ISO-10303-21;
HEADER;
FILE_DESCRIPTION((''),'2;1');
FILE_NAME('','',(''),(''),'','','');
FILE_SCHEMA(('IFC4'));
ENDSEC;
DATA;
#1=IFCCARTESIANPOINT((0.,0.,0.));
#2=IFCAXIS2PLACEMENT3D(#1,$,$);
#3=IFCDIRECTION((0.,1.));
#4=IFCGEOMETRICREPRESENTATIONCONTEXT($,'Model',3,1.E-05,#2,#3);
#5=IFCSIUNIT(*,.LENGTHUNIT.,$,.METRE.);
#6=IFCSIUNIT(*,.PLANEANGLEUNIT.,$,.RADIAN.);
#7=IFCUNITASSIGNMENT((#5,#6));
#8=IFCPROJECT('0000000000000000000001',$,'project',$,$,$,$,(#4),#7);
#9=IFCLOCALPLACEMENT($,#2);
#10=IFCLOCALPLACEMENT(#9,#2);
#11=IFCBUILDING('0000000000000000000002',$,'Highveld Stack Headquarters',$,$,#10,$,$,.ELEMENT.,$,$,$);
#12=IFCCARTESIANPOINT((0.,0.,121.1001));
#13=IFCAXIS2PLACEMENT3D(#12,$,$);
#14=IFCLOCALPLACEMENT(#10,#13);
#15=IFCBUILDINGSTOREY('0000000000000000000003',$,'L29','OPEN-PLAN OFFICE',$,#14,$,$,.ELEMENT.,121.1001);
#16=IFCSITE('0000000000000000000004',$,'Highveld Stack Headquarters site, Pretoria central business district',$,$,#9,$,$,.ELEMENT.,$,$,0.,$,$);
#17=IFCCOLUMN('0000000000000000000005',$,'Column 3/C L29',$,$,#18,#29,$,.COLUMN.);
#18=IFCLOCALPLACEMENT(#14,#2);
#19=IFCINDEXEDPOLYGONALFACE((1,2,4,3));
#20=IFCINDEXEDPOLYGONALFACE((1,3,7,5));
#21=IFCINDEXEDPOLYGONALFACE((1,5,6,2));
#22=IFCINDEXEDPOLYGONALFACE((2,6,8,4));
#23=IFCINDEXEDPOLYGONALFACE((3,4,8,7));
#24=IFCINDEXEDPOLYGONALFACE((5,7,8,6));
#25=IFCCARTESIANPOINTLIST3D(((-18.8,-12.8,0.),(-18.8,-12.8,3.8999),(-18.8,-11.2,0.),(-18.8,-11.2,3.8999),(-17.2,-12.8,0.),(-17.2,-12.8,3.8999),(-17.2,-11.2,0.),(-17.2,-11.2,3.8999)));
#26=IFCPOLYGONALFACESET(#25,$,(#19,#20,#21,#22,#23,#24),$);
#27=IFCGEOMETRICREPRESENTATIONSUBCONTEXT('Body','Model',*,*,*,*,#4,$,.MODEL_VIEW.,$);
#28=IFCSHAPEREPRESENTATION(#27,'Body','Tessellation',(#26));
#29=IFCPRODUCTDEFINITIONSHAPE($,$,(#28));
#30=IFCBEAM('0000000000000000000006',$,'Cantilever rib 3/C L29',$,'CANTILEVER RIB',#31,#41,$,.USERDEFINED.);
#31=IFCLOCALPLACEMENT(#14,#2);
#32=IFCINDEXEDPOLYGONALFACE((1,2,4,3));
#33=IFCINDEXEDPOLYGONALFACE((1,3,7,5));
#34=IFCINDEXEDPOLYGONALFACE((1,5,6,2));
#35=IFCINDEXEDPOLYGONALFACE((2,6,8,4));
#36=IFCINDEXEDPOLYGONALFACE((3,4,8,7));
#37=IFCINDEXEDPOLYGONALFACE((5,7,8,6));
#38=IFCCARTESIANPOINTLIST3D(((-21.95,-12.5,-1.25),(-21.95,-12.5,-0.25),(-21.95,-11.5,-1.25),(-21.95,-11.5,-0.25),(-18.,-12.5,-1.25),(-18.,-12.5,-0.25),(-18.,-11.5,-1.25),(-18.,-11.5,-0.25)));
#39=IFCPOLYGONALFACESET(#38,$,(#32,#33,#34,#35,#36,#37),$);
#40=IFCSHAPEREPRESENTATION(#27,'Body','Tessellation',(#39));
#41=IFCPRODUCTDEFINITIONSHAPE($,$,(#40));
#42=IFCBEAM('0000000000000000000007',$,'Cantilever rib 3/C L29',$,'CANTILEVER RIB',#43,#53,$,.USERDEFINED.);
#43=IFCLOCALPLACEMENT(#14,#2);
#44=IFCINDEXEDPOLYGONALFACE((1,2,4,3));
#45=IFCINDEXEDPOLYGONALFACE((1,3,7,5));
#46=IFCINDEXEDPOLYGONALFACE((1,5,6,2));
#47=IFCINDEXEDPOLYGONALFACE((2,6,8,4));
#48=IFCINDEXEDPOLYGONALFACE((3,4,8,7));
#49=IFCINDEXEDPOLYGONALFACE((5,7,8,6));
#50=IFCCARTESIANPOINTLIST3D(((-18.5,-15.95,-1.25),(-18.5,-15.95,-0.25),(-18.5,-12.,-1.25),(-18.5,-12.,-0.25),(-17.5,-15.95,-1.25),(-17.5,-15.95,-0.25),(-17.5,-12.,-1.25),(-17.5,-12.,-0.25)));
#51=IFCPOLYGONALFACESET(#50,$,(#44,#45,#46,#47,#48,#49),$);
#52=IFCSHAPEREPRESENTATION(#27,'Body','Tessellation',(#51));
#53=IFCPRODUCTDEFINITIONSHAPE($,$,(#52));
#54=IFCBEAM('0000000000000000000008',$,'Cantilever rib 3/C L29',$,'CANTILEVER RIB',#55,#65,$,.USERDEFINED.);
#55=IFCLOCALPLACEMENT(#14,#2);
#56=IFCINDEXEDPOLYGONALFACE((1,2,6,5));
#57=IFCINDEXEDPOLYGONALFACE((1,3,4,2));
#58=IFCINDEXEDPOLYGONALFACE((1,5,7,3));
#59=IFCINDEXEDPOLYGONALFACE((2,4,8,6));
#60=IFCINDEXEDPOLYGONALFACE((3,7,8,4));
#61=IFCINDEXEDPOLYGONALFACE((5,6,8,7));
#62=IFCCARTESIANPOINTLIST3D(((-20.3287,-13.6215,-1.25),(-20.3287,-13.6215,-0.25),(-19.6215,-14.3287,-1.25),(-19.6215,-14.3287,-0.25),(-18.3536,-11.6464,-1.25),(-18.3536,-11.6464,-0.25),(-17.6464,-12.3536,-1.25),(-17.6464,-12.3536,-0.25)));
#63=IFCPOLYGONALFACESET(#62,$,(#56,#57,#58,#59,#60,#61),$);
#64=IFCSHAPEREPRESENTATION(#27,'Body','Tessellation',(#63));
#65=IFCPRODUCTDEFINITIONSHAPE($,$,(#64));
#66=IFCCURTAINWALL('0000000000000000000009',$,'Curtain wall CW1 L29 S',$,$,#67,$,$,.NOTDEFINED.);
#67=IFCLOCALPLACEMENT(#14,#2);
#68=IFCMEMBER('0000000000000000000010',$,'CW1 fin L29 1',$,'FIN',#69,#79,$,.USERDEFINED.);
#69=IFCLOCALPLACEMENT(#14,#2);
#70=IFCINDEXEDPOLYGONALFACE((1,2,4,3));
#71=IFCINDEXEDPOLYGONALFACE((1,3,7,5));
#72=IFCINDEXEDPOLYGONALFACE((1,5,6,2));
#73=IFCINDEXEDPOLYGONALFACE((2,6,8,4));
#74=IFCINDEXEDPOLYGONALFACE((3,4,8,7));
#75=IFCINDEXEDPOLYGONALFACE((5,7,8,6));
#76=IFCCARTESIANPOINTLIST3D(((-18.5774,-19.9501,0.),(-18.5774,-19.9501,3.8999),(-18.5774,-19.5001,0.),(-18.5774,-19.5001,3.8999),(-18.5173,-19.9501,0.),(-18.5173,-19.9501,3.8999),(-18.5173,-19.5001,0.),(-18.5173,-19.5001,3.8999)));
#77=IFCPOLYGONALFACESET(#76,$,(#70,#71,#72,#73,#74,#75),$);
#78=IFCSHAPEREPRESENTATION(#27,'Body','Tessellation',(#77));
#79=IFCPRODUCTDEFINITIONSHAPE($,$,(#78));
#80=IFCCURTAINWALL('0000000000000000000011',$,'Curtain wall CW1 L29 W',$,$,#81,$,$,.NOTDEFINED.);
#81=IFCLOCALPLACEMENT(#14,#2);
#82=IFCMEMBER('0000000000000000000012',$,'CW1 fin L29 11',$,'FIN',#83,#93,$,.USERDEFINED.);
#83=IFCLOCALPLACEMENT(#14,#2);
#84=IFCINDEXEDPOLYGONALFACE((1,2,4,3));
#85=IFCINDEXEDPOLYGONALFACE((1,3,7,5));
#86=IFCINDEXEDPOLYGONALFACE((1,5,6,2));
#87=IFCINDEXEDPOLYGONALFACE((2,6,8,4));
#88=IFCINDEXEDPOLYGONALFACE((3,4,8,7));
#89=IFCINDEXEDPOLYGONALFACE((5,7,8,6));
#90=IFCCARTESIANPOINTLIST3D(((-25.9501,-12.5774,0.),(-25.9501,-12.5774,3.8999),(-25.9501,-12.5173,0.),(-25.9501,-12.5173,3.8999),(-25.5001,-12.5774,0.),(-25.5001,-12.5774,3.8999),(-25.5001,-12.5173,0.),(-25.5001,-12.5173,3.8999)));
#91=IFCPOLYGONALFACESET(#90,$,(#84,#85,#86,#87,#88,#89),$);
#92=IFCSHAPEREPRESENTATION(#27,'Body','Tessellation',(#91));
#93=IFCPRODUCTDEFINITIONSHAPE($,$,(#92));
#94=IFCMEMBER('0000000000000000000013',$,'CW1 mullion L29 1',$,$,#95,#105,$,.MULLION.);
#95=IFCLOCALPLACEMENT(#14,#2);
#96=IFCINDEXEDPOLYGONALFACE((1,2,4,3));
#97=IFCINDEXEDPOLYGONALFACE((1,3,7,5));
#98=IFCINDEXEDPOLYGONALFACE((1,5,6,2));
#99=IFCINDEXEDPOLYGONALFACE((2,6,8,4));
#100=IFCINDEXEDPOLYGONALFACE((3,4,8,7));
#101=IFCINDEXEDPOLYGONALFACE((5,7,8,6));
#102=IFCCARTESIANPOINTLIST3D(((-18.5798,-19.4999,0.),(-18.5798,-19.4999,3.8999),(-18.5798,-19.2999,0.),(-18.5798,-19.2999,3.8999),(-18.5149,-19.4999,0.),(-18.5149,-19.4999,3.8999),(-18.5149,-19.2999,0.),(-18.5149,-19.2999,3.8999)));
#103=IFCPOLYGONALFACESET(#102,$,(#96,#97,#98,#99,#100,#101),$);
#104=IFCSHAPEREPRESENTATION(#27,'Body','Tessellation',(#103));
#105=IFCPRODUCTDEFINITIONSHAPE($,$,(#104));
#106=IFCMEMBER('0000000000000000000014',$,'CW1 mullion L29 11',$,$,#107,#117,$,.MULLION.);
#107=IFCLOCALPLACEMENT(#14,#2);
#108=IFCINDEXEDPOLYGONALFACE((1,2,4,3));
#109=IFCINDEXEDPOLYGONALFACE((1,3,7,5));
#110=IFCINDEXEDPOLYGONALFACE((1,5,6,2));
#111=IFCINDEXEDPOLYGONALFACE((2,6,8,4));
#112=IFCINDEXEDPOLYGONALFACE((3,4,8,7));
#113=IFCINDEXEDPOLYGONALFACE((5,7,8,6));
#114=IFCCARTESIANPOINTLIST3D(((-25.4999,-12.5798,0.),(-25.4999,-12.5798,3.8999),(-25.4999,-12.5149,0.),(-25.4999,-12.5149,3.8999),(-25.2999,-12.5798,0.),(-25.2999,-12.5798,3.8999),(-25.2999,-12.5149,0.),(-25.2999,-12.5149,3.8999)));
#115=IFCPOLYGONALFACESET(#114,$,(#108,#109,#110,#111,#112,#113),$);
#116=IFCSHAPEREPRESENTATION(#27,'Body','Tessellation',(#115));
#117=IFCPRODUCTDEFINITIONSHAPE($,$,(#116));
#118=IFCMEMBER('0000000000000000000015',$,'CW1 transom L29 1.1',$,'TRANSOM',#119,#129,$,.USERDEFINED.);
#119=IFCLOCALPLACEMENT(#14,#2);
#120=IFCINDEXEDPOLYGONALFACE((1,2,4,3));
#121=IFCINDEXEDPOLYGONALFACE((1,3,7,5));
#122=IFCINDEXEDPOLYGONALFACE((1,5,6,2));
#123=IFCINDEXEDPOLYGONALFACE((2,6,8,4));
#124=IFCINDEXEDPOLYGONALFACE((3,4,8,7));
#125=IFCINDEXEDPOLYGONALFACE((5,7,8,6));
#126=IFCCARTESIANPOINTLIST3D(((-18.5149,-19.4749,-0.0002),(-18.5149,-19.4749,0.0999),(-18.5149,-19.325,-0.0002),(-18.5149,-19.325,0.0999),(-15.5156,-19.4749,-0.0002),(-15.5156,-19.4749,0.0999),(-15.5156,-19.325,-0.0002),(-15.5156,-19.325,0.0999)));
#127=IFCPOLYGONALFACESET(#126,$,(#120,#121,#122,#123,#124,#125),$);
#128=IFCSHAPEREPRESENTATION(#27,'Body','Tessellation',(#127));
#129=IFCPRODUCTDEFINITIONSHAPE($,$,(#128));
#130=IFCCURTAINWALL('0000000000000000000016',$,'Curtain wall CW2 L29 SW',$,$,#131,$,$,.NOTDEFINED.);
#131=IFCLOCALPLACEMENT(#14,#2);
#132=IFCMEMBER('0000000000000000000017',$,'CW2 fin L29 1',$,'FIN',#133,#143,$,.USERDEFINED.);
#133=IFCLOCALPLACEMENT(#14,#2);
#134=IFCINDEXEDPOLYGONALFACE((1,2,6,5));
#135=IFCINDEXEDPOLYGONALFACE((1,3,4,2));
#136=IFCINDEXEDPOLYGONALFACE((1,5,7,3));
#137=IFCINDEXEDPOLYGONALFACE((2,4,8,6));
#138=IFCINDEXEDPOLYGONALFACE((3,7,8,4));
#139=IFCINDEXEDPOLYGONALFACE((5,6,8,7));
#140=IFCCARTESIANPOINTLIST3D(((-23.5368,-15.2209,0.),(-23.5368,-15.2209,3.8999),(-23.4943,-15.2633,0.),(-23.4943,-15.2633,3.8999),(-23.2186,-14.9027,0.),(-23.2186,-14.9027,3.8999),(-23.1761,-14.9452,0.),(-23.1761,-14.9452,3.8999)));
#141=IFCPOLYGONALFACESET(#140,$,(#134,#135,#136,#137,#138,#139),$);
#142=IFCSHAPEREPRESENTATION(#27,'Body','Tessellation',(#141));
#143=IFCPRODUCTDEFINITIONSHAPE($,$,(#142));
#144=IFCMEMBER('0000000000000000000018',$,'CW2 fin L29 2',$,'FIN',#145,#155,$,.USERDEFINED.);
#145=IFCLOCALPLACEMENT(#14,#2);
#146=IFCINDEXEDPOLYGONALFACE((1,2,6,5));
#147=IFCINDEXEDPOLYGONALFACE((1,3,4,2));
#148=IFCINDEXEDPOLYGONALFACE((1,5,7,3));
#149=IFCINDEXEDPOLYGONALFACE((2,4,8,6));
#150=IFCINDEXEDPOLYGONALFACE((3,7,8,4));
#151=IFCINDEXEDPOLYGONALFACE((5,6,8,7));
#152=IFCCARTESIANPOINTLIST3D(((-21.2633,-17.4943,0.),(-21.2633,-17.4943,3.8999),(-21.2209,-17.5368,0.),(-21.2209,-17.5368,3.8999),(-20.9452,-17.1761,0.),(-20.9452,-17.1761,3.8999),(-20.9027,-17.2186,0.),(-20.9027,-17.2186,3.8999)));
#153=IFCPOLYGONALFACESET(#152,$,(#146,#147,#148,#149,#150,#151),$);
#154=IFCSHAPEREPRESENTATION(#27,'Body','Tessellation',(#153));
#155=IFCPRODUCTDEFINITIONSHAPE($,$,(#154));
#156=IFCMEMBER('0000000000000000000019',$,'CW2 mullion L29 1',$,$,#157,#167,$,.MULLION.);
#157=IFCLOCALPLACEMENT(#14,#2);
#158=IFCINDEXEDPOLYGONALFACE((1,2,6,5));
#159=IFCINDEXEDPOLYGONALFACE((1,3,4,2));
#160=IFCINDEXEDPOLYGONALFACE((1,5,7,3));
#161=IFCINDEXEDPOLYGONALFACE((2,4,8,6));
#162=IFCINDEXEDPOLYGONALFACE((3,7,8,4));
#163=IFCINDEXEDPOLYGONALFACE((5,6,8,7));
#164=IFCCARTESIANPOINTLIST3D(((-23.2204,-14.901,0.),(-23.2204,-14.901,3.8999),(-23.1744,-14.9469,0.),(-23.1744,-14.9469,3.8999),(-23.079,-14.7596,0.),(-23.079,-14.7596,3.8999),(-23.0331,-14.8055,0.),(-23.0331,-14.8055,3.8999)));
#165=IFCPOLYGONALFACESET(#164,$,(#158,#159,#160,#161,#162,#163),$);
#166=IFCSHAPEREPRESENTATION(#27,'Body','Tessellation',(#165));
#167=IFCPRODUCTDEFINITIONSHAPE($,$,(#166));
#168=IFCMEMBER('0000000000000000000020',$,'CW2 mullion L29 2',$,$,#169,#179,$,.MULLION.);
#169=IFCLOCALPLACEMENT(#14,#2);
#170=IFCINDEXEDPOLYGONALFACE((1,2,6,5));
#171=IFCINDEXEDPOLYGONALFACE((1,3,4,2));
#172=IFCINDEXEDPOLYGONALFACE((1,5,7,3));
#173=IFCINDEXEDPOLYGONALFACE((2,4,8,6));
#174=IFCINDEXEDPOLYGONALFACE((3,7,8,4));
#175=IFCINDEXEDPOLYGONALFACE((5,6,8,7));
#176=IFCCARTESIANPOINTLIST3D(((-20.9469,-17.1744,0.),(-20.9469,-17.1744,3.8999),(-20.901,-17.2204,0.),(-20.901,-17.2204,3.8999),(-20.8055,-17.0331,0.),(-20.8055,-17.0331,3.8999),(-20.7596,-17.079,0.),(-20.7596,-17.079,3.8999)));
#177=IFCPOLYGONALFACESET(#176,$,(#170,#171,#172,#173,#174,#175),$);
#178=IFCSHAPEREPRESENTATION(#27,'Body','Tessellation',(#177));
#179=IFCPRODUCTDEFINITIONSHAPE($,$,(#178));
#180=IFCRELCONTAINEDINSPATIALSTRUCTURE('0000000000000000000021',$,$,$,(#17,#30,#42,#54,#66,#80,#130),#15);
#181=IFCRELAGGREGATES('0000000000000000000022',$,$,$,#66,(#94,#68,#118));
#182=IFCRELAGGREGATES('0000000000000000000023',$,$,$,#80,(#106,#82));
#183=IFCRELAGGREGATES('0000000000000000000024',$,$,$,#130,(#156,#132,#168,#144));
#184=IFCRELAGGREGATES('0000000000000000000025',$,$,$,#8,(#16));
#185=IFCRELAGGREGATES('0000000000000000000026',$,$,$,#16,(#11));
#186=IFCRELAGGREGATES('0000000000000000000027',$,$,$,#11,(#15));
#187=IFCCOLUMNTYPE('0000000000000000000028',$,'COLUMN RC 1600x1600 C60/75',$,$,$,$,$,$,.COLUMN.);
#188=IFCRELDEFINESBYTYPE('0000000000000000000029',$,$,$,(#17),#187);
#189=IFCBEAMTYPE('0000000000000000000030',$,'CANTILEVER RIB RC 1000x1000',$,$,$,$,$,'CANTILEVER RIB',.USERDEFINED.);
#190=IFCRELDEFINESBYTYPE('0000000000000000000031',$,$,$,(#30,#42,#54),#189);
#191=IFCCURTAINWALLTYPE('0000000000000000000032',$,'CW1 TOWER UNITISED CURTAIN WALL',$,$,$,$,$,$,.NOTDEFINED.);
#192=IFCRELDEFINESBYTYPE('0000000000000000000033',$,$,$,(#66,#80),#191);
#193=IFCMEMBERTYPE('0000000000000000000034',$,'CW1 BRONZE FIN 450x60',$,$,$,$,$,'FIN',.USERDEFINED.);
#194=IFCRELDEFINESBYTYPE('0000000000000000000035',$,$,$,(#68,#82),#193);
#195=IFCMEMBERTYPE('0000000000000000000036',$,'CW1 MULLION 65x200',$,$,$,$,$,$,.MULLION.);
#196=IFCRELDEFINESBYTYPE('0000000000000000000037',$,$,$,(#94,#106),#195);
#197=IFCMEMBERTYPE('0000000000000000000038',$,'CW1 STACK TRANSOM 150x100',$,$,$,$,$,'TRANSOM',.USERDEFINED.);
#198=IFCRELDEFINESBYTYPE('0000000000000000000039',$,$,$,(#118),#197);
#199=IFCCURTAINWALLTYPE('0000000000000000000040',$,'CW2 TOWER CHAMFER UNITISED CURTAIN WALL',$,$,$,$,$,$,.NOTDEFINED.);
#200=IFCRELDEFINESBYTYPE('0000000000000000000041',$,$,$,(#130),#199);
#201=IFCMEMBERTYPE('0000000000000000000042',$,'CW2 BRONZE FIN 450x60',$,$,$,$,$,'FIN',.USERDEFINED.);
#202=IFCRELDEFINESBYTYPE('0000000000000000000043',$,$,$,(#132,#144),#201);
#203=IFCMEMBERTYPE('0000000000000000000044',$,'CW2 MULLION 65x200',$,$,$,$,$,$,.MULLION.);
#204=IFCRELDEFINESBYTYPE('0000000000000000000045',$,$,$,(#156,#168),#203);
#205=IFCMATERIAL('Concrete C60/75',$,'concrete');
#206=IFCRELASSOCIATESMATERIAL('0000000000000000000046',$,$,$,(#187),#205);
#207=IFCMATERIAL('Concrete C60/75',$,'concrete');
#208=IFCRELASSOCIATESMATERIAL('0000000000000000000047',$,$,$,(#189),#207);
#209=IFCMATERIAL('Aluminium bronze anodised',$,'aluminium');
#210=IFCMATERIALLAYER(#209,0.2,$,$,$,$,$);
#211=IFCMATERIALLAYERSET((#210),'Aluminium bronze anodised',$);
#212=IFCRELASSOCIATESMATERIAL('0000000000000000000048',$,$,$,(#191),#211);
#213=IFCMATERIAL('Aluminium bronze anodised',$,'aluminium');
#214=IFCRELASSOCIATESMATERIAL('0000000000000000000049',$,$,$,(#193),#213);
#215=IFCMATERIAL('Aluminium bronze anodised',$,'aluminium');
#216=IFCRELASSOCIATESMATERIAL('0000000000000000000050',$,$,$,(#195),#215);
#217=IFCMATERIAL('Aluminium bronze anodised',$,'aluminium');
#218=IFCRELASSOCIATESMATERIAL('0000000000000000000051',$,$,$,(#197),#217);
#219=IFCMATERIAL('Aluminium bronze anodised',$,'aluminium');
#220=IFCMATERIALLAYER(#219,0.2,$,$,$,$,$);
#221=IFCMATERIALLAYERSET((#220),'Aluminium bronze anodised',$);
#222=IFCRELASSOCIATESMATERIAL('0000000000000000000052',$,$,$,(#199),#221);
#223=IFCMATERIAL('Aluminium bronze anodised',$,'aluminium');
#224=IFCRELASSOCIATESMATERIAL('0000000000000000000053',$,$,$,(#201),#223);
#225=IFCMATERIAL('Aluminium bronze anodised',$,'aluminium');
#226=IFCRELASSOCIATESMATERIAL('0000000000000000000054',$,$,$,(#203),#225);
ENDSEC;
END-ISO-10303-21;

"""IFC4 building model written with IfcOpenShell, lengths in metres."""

from ifc_helpers import new_model, si_unit, direction, frame, origin, origin_2d, place, context, subcontext, project, spatial, rectangle, extrude, material, layer, layer_set, material_profile, profile_set, type_object, element, aggregate, save


model = new_model("IFC4")

# Units and contexts
model_context = context("Model", 3, precision=1e-05, world=origin(), true_north=direction((0.0, 1.0)))
body_context = subcontext(model_context, "Body", "Model", "MODEL_VIEW")
ifc_project = project(units=[si_unit("LENGTHUNIT", "METRE"), si_unit("PLANEANGLEUNIT", "RADIAN")], contexts=[model_context])

# Site, building, storey
site_placement = place(None, origin())
site = spatial("IfcSite", under=ifc_project, at=site_placement, Name="Highveld Stack Headquarters site, Pretoria central business district", CompositionType="ELEMENT", RefElevation=0.0)
building_placement = place(site_placement, origin())
building = spatial("IfcBuilding", under=site, at=building_placement, Name="Highveld Stack Headquarters", CompositionType="ELEMENT")
storey_placement = place(building_placement, frame((0.0, 0.0, 121.1001)))
storey = spatial("IfcBuildingStorey", under=building, at=storey_placement, Name="L29", Description="OPEN-PLAN OFFICE", CompositionType="ELEMENT", Elevation=121.1001)

# Column
ifc_material_1 = material(Name="Concrete C60/75", Category="concrete")
ifc_material_profile_1 = material_profile(ifc_material_1, rectangle(XDim=1.6001, YDim=1.6001, at=origin_2d()), Name="RC 1600x1600")
ifc_profile_set_1 = profile_set([ifc_material_profile_1], Name="Concrete C60/75")
column_type = type_object("IfcColumnType", Name="COLUMN RC 1600x1600 C60/75", PredefinedType="COLUMN", material=ifc_profile_set_1)
column_placement = place(storey_placement, frame((-18.0, -12.0, 0.0), z_axis=(0.0, 0.0, 1.0), x_axis=(1.0, 0.0, 0.0)))
element("IfcColumn", 1, at=column_placement, inside=storey, type_object=column_type, Name="Column 3/C L29", PredefinedType="COLUMN", context=body_context, shape_type="SweptSolid", body=[
    extrude(rectangle(XDim=1.6001, YDim=1.6001, at=origin_2d()), origin(), (0.0, 0.0, 1.0), 3.8999),
])

# Beams
ifc_material_2 = material(Name="Concrete C60/75", Category="concrete")
ifc_material_profile_2 = material_profile(ifc_material_2, rectangle(XDim=1.0, YDim=1.0, at=origin_2d()), Name="RC 1000x1000")
ifc_profile_set_2 = profile_set([ifc_material_profile_2], Name="Concrete C60/75")
beam_type_1 = type_object("IfcBeamType", Name="CANTILEVER RIB RC 1000x1000", ElementType="CANTILEVER RIB", PredefinedType="USERDEFINED", material=ifc_profile_set_2)
for number, where, z_axis, x_axis, name in (
    (2, (-18.0, -12.0, -0.75), (-1.0, 0.0, 0.0), (0.0, -1.0, 0.0), "Cantilever rib 3/C L29"),
    (3, (-18.0, -12.0, -0.75), (0.0, -1.0, 0.0), (1.0, 0.0, 0.0), "Cantilever rib 3/C L29"),
):
    element("IfcBeam", number, at=place(storey_placement, frame(where, z_axis=z_axis, x_axis=x_axis)), inside=storey, type_object=beam_type_1, Name=name, ObjectType="CANTILEVER RIB", PredefinedType="USERDEFINED", context=body_context, shape_type="SweptSolid", body=[
        extrude(rectangle(XDim=1.0, YDim=1.0, at=origin_2d()), origin(), (0.0, 0.0, 1.0), 3.95),
    ])
beam_1_placement = place(storey_placement, frame((-18.0, -12.0, -0.75), z_axis=(-0.707107, -0.707107, 0.0), x_axis=(0.707107, -0.707107, 0.0)))
element("IfcBeam", 4, at=beam_1_placement, inside=storey, type_object=beam_type_1, Name="Cantilever rib 3/C L29", ObjectType="CANTILEVER RIB", PredefinedType="USERDEFINED", context=body_context, shape_type="SweptSolid", body=[
    extrude(rectangle(XDim=1.0, YDim=1.0, at=origin_2d()), origin(), (0.0, 0.0, 1.0), 2.7932),
])

# Curtain walls, members
ifc_material_3 = material(Name="Aluminium bronze anodised", Category="aluminium")
ifc_layer_1 = layer(ifc_material_3, 0.2)
ifc_layer_set_1 = layer_set([ifc_layer_1], Name="Aluminium bronze anodised")
curtain_wall_type_1 = type_object("IfcCurtainWallType", Name="CW1 TOWER UNITISED CURTAIN WALL", PredefinedType="NOTDEFINED", material=ifc_layer_set_1)
curtain_wall_1_placement = place(storey_placement, origin())
curtain_wall_1 = element("IfcCurtainWall", 5, at=curtain_wall_1_placement, inside=storey, type_object=curtain_wall_type_1, Name="Curtain wall CW1 L29 S", PredefinedType="NOTDEFINED")
ifc_material_4 = material(Name="Aluminium bronze anodised", Category="aluminium")
ifc_material_profile_3 = material_profile(ifc_material_4, rectangle(XDim=0.45, YDim=0.0601, at=origin_2d()), Name="FIN 450x60")
ifc_profile_set_3 = profile_set([ifc_material_profile_3], Name="Aluminium bronze anodised")
member_type_1 = type_object("IfcMemberType", Name="CW1 BRONZE FIN 450x60", ElementType="FIN", PredefinedType="USERDEFINED", material=ifc_profile_set_3)
member_1_placement = place(storey_placement, frame((-18.5474, -19.7251, 0.0), z_axis=(0.0, 0.0, 1.0), x_axis=(0.0, 1.0, 0.0)))
member_1 = element("IfcMember", 6, at=member_1_placement, type_object=member_type_1, Name="CW1 fin L29 1", ObjectType="FIN", PredefinedType="USERDEFINED", context=body_context, shape_type="SweptSolid", body=[
    extrude(rectangle(XDim=0.45, YDim=0.0601, at=origin_2d()), origin(), (0.0, 0.0, 1.0), 3.8999),
])
curtain_wall_2_placement = place(storey_placement, origin())
curtain_wall_2 = element("IfcCurtainWall", 7, at=curtain_wall_2_placement, inside=storey, type_object=curtain_wall_type_1, Name="Curtain wall CW1 L29 W", PredefinedType="NOTDEFINED")
member_2_placement = place(storey_placement, frame((-25.7251, -12.5474, 0.0), z_axis=(0.0, 0.0, 1.0), x_axis=(1.0, 0.0, 0.0)))
member_2 = element("IfcMember", 8, at=member_2_placement, type_object=member_type_1, Name="CW1 fin L29 11", ObjectType="FIN", PredefinedType="USERDEFINED", context=body_context, shape_type="SweptSolid", body=[
    extrude(rectangle(XDim=0.45, YDim=0.0601, at=origin_2d()), origin(), (0.0, 0.0, 1.0), 3.8999),
])

# Members
ifc_material_5 = material(Name="Aluminium bronze anodised", Category="aluminium")
ifc_material_profile_4 = material_profile(ifc_material_5, rectangle(XDim=0.2, YDim=0.0649, at=origin_2d()), Name="CW1 MULLION 65x200")
ifc_profile_set_4 = profile_set([ifc_material_profile_4], Name="Aluminium bronze anodised")
member_type_2 = type_object("IfcMemberType", Name="CW1 MULLION 65x200", PredefinedType="MULLION", material=ifc_profile_set_4)
member_3_placement = place(storey_placement, frame((-18.5474, -19.3999, 0.0), z_axis=(0.0, 0.0, 1.0), x_axis=(0.0, 1.0, 0.0)))
member_3 = element("IfcMember", 9, at=member_3_placement, type_object=member_type_2, Name="CW1 mullion L29 1", PredefinedType="MULLION", context=body_context, shape_type="SweptSolid", body=[
    extrude(rectangle(XDim=0.2, YDim=0.0649, at=origin_2d()), origin(), (0.0, 0.0, 1.0), 3.8999),
])
member_4_placement = place(storey_placement, frame((-25.3999, -12.5474, 0.0), z_axis=(0.0, 0.0, 1.0), x_axis=(1.0, 0.0, 0.0)))
member_4 = element("IfcMember", 10, at=member_4_placement, type_object=member_type_2, Name="CW1 mullion L29 11", PredefinedType="MULLION", context=body_context, shape_type="SweptSolid", body=[
    extrude(rectangle(XDim=0.2, YDim=0.0649, at=origin_2d()), origin(), (0.0, 0.0, 1.0), 3.8999),
])
ifc_material_6 = material(Name="Aluminium bronze anodised", Category="aluminium")
ifc_material_profile_5 = material_profile(ifc_material_6, rectangle(XDim=0.1499, YDim=0.1001, at=origin_2d()), Name="CW1 TRANSOM 150x100")
ifc_profile_set_5 = profile_set([ifc_material_profile_5], Name="Aluminium bronze anodised")
member_type_3 = type_object("IfcMemberType", Name="CW1 STACK TRANSOM 150x100", ElementType="TRANSOM", PredefinedType="USERDEFINED", material=ifc_profile_set_5)
member_5_placement = place(storey_placement, frame((-18.5149, -19.3999, 0.0498), z_axis=(1.0, 0.0, 0.0), x_axis=(0.0, 1.0, 0.0)))
member_5 = element("IfcMember", 11, at=member_5_placement, type_object=member_type_3, Name="CW1 transom L29 1.1", ObjectType="TRANSOM", PredefinedType="USERDEFINED", context=body_context, shape_type="SweptSolid", body=[
    extrude(rectangle(XDim=0.1499, YDim=0.1001, at=origin_2d()), origin(), (0.0, 0.0, 1.0), 2.9993),
])
aggregate(curtain_wall_1, [member_3, member_1, member_5])

# Curtain wall, members
ifc_material_7 = material(Name="Aluminium bronze anodised", Category="aluminium")
ifc_layer_2 = layer(ifc_material_7, 0.2)
ifc_layer_set_2 = layer_set([ifc_layer_2], Name="Aluminium bronze anodised")
curtain_wall_type_2 = type_object("IfcCurtainWallType", Name="CW2 TOWER CHAMFER UNITISED CURTAIN WALL", PredefinedType="NOTDEFINED", material=ifc_layer_set_2)
curtain_wall_3_placement = place(storey_placement, origin())
curtain_wall_3 = element("IfcCurtainWall", 12, at=curtain_wall_3_placement, inside=storey, type_object=curtain_wall_type_2, Name="Curtain wall CW2 L29 SW", PredefinedType="NOTDEFINED")
ifc_material_8 = material(Name="Aluminium bronze anodised", Category="aluminium")
ifc_material_profile_6 = material_profile(ifc_material_8, rectangle(XDim=0.45, YDim=0.0601, at=origin_2d()), Name="FIN 450x60")
ifc_profile_set_6 = profile_set([ifc_material_profile_6], Name="Aluminium bronze anodised")
member_type_4 = type_object("IfcMemberType", Name="CW2 BRONZE FIN 450x60", ElementType="FIN", PredefinedType="USERDEFINED", material=ifc_profile_set_6)
member_6_placement = place(storey_placement, frame((-23.3564, -15.083, 0.0), z_axis=(0.0, 0.0, 1.0), x_axis=(0.707107, 0.707107, 0.0)))
member_6 = element("IfcMember", 13, at=member_6_placement, type_object=member_type_4, Name="CW2 fin L29 1", ObjectType="FIN", PredefinedType="USERDEFINED", context=body_context, shape_type="SweptSolid", body=[
    extrude(rectangle(XDim=0.45, YDim=0.0601, at=origin_2d()), origin(), (0.0, 0.0, 1.0), 3.8999),
])
member_7_placement = place(storey_placement, frame((-21.083, -17.3564, 0.0), z_axis=(0.0, 0.0, 1.0), x_axis=(0.707107, 0.707107, 0.0)))
member_7 = element("IfcMember", 14, at=member_7_placement, type_object=member_type_4, Name="CW2 fin L29 2", ObjectType="FIN", PredefinedType="USERDEFINED", context=body_context, shape_type="SweptSolid", body=[
    extrude(rectangle(XDim=0.45, YDim=0.0601, at=origin_2d()), origin(), (0.0, 0.0, 1.0), 3.8999),
])
ifc_material_9 = material(Name="Aluminium bronze anodised", Category="aluminium")
ifc_material_profile_7 = material_profile(ifc_material_9, rectangle(XDim=0.2, YDim=0.0649, at=origin_2d()), Name="CW2 MULLION 65x200")
ifc_profile_set_7 = profile_set([ifc_material_profile_7], Name="Aluminium bronze anodised")
member_type_5 = type_object("IfcMemberType", Name="CW2 MULLION 65x200", PredefinedType="MULLION", material=ifc_profile_set_7)
member_8_placement = place(storey_placement, frame((-23.1267, -14.8533, 0.0), z_axis=(0.0, 0.0, 1.0), x_axis=(0.707107, 0.707107, 0.0)))
member_8 = element("IfcMember", 15, at=member_8_placement, type_object=member_type_5, Name="CW2 mullion L29 1", PredefinedType="MULLION", context=body_context, shape_type="SweptSolid", body=[
    extrude(rectangle(XDim=0.2, YDim=0.0649, at=origin_2d()), origin(), (0.0, 0.0, 1.0), 3.8999),
])
member_9_placement = place(storey_placement, frame((-20.8533, -17.1267, 0.0), z_axis=(0.0, 0.0, 1.0), x_axis=(0.707107, 0.707107, 0.0)))
member_9 = element("IfcMember", 16, at=member_9_placement, type_object=member_type_5, Name="CW2 mullion L29 2", PredefinedType="MULLION", context=body_context, shape_type="SweptSolid", body=[
    extrude(rectangle(XDim=0.2, YDim=0.0649, at=origin_2d()), origin(), (0.0, 0.0, 1.0), 3.8999),
])

aggregate(curtain_wall_2, [member_4, member_2])
aggregate(curtain_wall_3, [member_8, member_6, member_9, member_7])

save(model, "model.ifc")
